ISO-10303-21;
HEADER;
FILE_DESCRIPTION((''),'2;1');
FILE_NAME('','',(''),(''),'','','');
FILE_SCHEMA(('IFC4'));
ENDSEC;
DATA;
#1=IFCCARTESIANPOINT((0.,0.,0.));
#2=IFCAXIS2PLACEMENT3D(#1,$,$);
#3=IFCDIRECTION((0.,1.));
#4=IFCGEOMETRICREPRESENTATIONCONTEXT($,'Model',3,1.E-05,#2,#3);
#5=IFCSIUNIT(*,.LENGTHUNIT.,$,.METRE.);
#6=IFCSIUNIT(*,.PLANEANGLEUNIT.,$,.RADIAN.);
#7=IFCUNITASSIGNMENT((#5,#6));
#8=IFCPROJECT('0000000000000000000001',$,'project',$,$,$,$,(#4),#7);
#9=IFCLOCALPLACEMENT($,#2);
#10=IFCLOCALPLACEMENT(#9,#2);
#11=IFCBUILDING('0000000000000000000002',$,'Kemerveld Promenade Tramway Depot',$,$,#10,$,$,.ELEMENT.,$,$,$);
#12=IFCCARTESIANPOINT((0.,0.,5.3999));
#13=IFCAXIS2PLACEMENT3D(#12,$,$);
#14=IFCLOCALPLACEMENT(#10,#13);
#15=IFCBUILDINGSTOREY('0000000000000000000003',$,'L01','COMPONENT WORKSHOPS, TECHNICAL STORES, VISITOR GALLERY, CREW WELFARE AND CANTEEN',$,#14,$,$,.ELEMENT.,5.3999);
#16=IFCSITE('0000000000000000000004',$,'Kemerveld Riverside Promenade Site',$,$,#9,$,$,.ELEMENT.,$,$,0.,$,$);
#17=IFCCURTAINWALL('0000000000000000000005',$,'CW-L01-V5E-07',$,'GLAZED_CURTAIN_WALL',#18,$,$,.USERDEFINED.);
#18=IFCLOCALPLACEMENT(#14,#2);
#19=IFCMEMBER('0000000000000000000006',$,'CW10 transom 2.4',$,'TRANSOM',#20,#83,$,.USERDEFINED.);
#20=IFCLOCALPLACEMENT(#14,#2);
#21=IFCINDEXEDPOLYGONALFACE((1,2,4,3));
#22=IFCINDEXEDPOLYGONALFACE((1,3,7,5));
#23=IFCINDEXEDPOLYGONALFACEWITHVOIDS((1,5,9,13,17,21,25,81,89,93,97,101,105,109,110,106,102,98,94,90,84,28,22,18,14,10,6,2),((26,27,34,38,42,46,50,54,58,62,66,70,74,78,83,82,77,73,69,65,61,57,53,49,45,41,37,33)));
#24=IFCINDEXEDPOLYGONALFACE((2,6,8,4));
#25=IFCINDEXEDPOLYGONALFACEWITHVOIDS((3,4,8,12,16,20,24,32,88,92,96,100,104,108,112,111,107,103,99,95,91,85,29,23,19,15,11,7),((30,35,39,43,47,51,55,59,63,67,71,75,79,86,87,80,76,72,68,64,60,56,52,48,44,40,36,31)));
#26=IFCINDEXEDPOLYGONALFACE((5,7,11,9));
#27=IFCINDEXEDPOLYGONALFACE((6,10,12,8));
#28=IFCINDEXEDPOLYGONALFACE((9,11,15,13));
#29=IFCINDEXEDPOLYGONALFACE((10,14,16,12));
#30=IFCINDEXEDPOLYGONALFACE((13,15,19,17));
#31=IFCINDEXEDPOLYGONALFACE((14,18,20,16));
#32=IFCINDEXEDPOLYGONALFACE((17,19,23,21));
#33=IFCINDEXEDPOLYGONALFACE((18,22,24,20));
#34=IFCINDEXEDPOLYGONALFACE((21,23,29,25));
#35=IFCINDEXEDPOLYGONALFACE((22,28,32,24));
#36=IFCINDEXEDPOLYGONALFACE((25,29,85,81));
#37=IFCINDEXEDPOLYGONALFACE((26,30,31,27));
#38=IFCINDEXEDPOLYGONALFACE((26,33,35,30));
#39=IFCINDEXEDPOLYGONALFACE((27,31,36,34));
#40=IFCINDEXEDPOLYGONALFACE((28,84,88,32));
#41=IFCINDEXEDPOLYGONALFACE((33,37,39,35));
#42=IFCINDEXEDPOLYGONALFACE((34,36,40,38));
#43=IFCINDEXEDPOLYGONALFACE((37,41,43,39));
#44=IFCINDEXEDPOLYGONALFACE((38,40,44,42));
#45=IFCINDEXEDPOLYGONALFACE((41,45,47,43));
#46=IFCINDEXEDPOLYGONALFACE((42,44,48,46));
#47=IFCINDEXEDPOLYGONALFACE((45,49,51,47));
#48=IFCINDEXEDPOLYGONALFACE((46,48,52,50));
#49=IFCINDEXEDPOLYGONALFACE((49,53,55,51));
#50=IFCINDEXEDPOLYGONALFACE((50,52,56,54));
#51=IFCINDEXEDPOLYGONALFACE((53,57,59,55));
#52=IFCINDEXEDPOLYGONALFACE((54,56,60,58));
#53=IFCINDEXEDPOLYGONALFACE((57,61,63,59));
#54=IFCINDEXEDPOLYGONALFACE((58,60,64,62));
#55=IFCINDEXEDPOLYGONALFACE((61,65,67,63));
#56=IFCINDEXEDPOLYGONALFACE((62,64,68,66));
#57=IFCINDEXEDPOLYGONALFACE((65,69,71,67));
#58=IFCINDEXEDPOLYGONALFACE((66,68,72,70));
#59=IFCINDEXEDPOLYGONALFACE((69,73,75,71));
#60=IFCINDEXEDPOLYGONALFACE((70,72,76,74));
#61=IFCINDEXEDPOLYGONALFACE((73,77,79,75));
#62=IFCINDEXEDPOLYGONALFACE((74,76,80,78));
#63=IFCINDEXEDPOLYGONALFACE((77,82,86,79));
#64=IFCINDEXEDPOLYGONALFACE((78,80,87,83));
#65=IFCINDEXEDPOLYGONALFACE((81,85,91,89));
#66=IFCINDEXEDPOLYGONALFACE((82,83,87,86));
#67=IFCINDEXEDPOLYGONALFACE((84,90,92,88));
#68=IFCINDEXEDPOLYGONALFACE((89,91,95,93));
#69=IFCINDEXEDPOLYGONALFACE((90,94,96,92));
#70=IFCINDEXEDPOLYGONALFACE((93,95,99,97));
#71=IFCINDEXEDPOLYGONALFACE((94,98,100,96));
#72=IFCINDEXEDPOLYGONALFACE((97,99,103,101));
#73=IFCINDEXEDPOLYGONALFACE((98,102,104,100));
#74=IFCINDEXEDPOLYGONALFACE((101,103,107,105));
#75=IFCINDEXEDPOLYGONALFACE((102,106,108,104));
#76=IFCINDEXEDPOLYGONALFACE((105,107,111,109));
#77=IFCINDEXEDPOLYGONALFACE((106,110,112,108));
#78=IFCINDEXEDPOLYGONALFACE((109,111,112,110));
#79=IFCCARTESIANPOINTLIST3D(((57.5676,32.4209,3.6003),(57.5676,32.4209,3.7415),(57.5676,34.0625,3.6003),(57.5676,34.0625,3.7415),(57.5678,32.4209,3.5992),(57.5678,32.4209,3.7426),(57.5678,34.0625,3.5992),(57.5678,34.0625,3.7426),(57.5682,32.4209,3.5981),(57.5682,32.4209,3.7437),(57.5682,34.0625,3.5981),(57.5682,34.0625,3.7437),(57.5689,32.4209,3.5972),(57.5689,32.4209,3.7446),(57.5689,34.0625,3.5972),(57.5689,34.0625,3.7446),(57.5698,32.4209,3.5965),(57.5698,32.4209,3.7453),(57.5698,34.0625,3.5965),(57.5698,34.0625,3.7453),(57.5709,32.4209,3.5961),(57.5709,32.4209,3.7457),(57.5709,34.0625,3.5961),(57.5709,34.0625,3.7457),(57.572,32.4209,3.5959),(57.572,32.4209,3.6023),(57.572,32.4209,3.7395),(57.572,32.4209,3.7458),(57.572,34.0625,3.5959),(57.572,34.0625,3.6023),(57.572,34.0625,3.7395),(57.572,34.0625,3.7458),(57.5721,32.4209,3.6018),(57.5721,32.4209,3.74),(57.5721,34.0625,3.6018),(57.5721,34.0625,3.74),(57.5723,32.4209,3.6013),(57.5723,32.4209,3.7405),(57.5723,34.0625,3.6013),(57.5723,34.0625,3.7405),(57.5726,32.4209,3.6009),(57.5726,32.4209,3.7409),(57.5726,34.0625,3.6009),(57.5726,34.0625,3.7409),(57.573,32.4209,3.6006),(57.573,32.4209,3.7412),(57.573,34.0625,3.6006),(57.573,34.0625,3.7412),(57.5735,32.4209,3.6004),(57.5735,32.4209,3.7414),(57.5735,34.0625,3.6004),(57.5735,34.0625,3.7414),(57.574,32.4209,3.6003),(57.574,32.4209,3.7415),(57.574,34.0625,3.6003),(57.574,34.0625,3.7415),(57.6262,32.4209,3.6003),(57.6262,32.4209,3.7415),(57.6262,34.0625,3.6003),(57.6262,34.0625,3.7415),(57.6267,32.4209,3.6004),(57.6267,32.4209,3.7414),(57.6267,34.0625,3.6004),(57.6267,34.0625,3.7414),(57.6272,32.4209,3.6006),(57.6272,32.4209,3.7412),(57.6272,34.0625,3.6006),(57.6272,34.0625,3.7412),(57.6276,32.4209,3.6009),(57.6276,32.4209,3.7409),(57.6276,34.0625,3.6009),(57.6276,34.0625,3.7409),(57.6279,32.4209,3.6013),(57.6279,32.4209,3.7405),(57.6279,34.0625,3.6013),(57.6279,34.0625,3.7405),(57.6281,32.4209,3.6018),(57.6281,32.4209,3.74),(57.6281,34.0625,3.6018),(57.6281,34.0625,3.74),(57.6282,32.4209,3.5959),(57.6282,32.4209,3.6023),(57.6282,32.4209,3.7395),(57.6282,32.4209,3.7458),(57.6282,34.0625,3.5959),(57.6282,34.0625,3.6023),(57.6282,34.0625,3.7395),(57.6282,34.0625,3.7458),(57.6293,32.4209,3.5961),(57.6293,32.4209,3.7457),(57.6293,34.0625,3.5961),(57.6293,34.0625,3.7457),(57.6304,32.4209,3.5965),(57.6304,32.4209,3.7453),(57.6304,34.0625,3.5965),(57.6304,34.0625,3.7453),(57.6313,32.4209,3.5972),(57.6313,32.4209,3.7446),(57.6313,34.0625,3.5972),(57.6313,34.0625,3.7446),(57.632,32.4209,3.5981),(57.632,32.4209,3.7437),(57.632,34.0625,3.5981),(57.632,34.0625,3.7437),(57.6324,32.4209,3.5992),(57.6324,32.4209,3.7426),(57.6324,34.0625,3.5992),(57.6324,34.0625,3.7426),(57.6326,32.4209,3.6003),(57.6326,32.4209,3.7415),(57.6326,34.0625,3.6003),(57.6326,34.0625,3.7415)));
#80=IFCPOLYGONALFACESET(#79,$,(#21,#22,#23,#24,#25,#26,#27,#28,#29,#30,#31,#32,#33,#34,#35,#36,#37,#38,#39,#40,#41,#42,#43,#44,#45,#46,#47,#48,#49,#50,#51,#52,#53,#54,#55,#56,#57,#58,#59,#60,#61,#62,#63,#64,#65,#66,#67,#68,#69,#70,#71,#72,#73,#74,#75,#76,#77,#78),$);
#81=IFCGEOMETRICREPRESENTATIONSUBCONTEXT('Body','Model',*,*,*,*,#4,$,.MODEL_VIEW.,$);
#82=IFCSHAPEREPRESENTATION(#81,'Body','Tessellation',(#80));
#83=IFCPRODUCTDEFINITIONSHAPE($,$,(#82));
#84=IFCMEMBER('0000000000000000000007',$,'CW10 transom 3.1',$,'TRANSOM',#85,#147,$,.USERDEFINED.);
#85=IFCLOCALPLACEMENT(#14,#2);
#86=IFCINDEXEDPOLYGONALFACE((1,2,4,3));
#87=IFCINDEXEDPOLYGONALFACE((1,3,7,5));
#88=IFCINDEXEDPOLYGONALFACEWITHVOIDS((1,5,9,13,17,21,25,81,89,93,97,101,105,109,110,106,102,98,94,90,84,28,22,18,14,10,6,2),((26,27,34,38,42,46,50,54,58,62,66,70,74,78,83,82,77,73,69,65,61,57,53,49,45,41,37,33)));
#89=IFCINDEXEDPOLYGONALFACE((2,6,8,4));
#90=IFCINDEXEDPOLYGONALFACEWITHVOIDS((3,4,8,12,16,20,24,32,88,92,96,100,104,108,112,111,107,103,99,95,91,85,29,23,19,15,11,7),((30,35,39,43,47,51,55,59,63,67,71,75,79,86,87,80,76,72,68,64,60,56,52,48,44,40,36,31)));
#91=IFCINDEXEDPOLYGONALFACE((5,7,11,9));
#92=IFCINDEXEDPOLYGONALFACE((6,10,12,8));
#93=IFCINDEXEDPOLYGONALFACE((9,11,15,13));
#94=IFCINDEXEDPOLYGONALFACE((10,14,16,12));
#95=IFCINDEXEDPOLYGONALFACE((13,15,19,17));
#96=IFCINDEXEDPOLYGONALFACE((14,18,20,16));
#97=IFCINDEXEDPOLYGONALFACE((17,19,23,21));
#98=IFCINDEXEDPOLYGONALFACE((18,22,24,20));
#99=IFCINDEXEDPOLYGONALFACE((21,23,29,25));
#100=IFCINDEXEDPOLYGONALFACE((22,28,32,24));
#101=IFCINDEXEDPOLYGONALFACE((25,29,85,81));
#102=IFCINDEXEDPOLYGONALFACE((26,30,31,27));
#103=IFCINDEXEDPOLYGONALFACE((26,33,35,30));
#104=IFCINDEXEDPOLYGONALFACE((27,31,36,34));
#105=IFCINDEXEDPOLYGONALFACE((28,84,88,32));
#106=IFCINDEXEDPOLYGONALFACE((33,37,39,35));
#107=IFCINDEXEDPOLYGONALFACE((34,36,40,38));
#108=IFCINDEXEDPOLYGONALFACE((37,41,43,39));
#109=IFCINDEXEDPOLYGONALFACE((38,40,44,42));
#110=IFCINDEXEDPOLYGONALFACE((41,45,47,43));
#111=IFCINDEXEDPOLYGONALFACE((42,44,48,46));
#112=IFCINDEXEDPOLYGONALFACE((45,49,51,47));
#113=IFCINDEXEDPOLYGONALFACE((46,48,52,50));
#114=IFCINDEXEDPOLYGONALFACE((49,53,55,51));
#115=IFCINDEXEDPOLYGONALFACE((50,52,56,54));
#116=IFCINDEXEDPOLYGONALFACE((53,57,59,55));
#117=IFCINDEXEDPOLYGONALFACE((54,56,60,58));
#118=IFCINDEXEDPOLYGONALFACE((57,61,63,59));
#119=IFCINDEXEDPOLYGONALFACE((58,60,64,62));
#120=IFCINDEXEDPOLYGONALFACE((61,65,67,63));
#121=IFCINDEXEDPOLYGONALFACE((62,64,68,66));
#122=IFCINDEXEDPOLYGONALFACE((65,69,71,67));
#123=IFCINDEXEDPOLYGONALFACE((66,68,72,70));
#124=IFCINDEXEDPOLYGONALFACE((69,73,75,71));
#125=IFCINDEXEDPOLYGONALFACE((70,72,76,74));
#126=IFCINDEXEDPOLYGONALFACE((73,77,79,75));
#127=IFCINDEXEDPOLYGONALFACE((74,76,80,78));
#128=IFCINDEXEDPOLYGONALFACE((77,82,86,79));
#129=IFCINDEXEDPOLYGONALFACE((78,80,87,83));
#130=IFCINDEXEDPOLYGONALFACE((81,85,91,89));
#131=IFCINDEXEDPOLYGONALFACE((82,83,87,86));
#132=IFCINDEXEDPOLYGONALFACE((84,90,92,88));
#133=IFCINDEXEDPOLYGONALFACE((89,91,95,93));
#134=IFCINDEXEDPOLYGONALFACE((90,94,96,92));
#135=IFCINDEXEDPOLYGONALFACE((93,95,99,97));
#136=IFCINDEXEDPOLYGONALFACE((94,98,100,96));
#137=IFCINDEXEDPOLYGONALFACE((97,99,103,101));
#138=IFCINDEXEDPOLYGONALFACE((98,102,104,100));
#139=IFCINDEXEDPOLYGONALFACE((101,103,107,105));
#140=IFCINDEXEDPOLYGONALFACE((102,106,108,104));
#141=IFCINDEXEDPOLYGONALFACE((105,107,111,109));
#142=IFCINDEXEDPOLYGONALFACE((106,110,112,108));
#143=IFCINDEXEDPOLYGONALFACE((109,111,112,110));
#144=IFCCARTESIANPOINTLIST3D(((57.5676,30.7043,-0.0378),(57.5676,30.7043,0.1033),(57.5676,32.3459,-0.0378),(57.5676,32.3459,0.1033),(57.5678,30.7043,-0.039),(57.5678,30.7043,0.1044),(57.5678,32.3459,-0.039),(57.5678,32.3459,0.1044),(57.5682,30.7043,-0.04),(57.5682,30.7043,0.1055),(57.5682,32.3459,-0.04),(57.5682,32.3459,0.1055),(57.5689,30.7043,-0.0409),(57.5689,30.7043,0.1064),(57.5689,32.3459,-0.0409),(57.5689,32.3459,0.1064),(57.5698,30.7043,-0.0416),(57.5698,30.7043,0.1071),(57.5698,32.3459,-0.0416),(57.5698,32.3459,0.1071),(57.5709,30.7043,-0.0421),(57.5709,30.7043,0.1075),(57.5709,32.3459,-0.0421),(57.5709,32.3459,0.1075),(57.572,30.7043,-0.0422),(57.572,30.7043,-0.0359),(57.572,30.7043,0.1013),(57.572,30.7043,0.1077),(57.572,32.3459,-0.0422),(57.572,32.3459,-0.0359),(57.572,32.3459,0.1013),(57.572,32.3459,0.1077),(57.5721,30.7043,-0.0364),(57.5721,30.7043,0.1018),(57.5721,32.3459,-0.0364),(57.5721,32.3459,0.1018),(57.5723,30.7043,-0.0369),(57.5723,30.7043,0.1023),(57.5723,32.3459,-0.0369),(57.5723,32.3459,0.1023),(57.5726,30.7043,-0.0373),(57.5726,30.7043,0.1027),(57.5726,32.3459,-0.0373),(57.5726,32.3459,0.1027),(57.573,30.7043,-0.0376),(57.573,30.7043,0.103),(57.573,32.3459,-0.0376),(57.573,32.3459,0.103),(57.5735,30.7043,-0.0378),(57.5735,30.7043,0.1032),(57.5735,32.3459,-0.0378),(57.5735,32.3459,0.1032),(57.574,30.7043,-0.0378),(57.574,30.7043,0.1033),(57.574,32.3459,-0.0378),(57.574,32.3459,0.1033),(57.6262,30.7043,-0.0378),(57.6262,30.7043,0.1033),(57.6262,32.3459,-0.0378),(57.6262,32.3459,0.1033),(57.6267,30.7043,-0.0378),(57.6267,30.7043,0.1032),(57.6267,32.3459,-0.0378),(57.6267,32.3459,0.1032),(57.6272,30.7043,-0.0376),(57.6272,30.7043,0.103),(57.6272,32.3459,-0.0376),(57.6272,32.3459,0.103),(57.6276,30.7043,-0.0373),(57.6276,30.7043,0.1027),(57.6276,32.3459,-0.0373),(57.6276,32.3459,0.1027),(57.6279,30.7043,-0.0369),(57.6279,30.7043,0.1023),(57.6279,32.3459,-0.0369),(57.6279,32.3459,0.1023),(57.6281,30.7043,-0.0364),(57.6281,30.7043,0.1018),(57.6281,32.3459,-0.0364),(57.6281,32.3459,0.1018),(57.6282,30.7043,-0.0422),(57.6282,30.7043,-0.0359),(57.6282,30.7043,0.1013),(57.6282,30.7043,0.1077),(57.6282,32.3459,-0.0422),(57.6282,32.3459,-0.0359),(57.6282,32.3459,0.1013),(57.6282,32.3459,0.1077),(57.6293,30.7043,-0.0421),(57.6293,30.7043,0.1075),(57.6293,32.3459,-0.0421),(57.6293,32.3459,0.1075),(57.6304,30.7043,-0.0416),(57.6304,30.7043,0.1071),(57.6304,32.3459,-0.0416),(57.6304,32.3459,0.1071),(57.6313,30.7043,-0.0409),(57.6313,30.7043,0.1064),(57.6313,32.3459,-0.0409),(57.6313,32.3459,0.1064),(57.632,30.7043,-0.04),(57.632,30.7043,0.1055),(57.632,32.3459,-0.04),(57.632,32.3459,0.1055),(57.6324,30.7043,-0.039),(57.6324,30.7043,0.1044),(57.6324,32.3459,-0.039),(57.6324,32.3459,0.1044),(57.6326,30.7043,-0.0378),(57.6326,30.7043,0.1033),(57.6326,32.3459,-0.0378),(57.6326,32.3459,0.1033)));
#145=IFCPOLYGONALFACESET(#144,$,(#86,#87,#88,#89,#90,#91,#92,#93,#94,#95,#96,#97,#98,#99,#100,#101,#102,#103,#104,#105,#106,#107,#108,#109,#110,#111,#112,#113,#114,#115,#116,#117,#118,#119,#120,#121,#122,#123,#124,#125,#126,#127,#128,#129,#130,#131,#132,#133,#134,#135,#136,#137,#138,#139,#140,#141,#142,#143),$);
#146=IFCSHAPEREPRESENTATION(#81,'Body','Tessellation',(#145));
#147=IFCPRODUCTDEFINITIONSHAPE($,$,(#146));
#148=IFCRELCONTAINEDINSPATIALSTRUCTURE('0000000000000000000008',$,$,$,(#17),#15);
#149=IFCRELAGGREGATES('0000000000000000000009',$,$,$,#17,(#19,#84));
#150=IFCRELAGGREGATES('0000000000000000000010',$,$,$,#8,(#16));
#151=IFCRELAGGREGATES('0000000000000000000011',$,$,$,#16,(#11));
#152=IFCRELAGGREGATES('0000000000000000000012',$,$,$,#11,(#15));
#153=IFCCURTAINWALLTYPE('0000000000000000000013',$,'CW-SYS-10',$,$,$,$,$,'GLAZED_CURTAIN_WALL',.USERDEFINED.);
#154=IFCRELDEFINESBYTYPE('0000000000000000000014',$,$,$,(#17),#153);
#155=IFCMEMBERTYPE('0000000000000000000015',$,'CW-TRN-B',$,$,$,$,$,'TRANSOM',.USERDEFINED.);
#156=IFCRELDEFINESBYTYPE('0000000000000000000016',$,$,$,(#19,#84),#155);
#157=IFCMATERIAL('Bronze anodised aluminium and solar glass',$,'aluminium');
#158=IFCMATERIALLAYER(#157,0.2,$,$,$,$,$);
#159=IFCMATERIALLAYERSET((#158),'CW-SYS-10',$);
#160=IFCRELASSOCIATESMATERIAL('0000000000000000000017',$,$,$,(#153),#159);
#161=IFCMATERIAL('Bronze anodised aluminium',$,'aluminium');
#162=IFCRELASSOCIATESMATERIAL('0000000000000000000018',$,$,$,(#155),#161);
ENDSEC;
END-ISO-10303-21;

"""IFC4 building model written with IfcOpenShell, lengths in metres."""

from ifc_helpers import new_model, si_unit, direction, frame, origin, origin_2d, place, context, subcontext, project, spatial, hollow_rectangle, extrude, material, layer, layer_set, material_profile, profile_set, type_object, element, aggregate, save


model = new_model("IFC4")

# Units and contexts
model_context = context("Model", 3, precision=1e-05, world=origin(), true_north=direction((0.0, 1.0)))
body_context = subcontext(model_context, "Body", "Model", "MODEL_VIEW")
ifc_project = project(units=[si_unit("LENGTHUNIT", "METRE"), si_unit("PLANEANGLEUNIT", "RADIAN")], contexts=[model_context])

# Site, building, storey
site_placement = place(None, origin())
site = spatial("IfcSite", under=ifc_project, at=site_placement, Name="Kemerveld Riverside Promenade Site", CompositionType="ELEMENT", RefElevation=0.0)
building_placement = place(site_placement, origin())
building = spatial("IfcBuilding", under=site, at=building_placement, Name="Kemerveld Promenade Tramway Depot", CompositionType="ELEMENT")
storey_placement = place(building_placement, frame((0.0, 0.0, 5.3999)))
storey = spatial("IfcBuildingStorey", under=building, at=storey_placement, Name="L01", Description="COMPONENT WORKSHOPS, TECHNICAL STORES, VISITOR GALLERY, CREW WELFARE AND CANTEEN", CompositionType="ELEMENT", Elevation=5.3999)

# Shared definitions
ifc_material_1 = material(Name="Bronze anodised aluminium and solar glass", Category="aluminium")
ifc_material_2 = material(Name="Bronze anodised aluminium", Category="aluminium")

# Curtain wall, members
ifc_layer_1 = layer(ifc_material_1, 0.2)
ifc_layer_set_1 = layer_set([ifc_layer_1], Name="CW-SYS-10")
curtain_wall_type_1 = type_object("IfcCurtainWallType", Name="CW-SYS-10", ElementType="GLAZED_CURTAIN_WALL", PredefinedType="USERDEFINED", material=ifc_layer_set_1)
curtain_wall_1_placement = place(storey_placement, origin())
curtain_wall_1 = element("IfcCurtainWall", 1, at=curtain_wall_1_placement, inside=storey, type_object=curtain_wall_type_1, Name="CW-L01-V5E-07", ObjectType="GLAZED_CURTAIN_WALL", PredefinedType="USERDEFINED")
ifc_material_profile_1 = material_profile(ifc_material_2, hollow_rectangle(XDim=0.0649, YDim=0.1499, WallThickness=0.0044, InnerFilletRadius=0.002, OuterFilletRadius=0.0044, at=origin_2d()), Name="CW-TRN-150x65")
ifc_profile_set_1 = profile_set([ifc_material_profile_1], Name="Bronze anodised aluminium")
member_type_1 = type_object("IfcMemberType", Name="CW-TRN-B", ElementType="TRANSOM", PredefinedType="USERDEFINED", material=ifc_profile_set_1)
member_1_placement = place(storey_placement, frame((57.6001, 34.0625, 3.6709), z_axis=(0.0, -1.0, 0.0), x_axis=(1.0, 0.0, 0.0)))
member_1 = element("IfcMember", 2, at=member_1_placement, type_object=member_type_1, Name="CW10 transom 2.4", ObjectType="TRANSOM", PredefinedType="USERDEFINED", context=body_context, shape_type="SweptSolid", body=[
    extrude(hollow_rectangle(XDim=0.0649, YDim=0.1499, WallThickness=0.0044, InnerFilletRadius=0.002, OuterFilletRadius=0.0044, at=origin_2d()), origin(), (0.0, 0.0, 1.0), 1.6416),
])
member_2_placement = place(storey_placement, frame((57.6001, 32.3459, 0.0327), z_axis=(0.0, -1.0, 0.0), x_axis=(1.0, 0.0, 0.0)))
member_2 = element("IfcMember", 3, at=member_2_placement, type_object=member_type_1, Name="CW10 transom 3.1", ObjectType="TRANSOM", PredefinedType="USERDEFINED", context=body_context, shape_type="SweptSolid", body=[
    extrude(hollow_rectangle(XDim=0.0649, YDim=0.1499, WallThickness=0.0044, InnerFilletRadius=0.002, OuterFilletRadius=0.0044, at=origin_2d()), origin(), (0.0, 0.0, 1.0), 1.6416),
])
aggregate(curtain_wall_1, [member_1, member_2])

save(model, "model.ifc")
